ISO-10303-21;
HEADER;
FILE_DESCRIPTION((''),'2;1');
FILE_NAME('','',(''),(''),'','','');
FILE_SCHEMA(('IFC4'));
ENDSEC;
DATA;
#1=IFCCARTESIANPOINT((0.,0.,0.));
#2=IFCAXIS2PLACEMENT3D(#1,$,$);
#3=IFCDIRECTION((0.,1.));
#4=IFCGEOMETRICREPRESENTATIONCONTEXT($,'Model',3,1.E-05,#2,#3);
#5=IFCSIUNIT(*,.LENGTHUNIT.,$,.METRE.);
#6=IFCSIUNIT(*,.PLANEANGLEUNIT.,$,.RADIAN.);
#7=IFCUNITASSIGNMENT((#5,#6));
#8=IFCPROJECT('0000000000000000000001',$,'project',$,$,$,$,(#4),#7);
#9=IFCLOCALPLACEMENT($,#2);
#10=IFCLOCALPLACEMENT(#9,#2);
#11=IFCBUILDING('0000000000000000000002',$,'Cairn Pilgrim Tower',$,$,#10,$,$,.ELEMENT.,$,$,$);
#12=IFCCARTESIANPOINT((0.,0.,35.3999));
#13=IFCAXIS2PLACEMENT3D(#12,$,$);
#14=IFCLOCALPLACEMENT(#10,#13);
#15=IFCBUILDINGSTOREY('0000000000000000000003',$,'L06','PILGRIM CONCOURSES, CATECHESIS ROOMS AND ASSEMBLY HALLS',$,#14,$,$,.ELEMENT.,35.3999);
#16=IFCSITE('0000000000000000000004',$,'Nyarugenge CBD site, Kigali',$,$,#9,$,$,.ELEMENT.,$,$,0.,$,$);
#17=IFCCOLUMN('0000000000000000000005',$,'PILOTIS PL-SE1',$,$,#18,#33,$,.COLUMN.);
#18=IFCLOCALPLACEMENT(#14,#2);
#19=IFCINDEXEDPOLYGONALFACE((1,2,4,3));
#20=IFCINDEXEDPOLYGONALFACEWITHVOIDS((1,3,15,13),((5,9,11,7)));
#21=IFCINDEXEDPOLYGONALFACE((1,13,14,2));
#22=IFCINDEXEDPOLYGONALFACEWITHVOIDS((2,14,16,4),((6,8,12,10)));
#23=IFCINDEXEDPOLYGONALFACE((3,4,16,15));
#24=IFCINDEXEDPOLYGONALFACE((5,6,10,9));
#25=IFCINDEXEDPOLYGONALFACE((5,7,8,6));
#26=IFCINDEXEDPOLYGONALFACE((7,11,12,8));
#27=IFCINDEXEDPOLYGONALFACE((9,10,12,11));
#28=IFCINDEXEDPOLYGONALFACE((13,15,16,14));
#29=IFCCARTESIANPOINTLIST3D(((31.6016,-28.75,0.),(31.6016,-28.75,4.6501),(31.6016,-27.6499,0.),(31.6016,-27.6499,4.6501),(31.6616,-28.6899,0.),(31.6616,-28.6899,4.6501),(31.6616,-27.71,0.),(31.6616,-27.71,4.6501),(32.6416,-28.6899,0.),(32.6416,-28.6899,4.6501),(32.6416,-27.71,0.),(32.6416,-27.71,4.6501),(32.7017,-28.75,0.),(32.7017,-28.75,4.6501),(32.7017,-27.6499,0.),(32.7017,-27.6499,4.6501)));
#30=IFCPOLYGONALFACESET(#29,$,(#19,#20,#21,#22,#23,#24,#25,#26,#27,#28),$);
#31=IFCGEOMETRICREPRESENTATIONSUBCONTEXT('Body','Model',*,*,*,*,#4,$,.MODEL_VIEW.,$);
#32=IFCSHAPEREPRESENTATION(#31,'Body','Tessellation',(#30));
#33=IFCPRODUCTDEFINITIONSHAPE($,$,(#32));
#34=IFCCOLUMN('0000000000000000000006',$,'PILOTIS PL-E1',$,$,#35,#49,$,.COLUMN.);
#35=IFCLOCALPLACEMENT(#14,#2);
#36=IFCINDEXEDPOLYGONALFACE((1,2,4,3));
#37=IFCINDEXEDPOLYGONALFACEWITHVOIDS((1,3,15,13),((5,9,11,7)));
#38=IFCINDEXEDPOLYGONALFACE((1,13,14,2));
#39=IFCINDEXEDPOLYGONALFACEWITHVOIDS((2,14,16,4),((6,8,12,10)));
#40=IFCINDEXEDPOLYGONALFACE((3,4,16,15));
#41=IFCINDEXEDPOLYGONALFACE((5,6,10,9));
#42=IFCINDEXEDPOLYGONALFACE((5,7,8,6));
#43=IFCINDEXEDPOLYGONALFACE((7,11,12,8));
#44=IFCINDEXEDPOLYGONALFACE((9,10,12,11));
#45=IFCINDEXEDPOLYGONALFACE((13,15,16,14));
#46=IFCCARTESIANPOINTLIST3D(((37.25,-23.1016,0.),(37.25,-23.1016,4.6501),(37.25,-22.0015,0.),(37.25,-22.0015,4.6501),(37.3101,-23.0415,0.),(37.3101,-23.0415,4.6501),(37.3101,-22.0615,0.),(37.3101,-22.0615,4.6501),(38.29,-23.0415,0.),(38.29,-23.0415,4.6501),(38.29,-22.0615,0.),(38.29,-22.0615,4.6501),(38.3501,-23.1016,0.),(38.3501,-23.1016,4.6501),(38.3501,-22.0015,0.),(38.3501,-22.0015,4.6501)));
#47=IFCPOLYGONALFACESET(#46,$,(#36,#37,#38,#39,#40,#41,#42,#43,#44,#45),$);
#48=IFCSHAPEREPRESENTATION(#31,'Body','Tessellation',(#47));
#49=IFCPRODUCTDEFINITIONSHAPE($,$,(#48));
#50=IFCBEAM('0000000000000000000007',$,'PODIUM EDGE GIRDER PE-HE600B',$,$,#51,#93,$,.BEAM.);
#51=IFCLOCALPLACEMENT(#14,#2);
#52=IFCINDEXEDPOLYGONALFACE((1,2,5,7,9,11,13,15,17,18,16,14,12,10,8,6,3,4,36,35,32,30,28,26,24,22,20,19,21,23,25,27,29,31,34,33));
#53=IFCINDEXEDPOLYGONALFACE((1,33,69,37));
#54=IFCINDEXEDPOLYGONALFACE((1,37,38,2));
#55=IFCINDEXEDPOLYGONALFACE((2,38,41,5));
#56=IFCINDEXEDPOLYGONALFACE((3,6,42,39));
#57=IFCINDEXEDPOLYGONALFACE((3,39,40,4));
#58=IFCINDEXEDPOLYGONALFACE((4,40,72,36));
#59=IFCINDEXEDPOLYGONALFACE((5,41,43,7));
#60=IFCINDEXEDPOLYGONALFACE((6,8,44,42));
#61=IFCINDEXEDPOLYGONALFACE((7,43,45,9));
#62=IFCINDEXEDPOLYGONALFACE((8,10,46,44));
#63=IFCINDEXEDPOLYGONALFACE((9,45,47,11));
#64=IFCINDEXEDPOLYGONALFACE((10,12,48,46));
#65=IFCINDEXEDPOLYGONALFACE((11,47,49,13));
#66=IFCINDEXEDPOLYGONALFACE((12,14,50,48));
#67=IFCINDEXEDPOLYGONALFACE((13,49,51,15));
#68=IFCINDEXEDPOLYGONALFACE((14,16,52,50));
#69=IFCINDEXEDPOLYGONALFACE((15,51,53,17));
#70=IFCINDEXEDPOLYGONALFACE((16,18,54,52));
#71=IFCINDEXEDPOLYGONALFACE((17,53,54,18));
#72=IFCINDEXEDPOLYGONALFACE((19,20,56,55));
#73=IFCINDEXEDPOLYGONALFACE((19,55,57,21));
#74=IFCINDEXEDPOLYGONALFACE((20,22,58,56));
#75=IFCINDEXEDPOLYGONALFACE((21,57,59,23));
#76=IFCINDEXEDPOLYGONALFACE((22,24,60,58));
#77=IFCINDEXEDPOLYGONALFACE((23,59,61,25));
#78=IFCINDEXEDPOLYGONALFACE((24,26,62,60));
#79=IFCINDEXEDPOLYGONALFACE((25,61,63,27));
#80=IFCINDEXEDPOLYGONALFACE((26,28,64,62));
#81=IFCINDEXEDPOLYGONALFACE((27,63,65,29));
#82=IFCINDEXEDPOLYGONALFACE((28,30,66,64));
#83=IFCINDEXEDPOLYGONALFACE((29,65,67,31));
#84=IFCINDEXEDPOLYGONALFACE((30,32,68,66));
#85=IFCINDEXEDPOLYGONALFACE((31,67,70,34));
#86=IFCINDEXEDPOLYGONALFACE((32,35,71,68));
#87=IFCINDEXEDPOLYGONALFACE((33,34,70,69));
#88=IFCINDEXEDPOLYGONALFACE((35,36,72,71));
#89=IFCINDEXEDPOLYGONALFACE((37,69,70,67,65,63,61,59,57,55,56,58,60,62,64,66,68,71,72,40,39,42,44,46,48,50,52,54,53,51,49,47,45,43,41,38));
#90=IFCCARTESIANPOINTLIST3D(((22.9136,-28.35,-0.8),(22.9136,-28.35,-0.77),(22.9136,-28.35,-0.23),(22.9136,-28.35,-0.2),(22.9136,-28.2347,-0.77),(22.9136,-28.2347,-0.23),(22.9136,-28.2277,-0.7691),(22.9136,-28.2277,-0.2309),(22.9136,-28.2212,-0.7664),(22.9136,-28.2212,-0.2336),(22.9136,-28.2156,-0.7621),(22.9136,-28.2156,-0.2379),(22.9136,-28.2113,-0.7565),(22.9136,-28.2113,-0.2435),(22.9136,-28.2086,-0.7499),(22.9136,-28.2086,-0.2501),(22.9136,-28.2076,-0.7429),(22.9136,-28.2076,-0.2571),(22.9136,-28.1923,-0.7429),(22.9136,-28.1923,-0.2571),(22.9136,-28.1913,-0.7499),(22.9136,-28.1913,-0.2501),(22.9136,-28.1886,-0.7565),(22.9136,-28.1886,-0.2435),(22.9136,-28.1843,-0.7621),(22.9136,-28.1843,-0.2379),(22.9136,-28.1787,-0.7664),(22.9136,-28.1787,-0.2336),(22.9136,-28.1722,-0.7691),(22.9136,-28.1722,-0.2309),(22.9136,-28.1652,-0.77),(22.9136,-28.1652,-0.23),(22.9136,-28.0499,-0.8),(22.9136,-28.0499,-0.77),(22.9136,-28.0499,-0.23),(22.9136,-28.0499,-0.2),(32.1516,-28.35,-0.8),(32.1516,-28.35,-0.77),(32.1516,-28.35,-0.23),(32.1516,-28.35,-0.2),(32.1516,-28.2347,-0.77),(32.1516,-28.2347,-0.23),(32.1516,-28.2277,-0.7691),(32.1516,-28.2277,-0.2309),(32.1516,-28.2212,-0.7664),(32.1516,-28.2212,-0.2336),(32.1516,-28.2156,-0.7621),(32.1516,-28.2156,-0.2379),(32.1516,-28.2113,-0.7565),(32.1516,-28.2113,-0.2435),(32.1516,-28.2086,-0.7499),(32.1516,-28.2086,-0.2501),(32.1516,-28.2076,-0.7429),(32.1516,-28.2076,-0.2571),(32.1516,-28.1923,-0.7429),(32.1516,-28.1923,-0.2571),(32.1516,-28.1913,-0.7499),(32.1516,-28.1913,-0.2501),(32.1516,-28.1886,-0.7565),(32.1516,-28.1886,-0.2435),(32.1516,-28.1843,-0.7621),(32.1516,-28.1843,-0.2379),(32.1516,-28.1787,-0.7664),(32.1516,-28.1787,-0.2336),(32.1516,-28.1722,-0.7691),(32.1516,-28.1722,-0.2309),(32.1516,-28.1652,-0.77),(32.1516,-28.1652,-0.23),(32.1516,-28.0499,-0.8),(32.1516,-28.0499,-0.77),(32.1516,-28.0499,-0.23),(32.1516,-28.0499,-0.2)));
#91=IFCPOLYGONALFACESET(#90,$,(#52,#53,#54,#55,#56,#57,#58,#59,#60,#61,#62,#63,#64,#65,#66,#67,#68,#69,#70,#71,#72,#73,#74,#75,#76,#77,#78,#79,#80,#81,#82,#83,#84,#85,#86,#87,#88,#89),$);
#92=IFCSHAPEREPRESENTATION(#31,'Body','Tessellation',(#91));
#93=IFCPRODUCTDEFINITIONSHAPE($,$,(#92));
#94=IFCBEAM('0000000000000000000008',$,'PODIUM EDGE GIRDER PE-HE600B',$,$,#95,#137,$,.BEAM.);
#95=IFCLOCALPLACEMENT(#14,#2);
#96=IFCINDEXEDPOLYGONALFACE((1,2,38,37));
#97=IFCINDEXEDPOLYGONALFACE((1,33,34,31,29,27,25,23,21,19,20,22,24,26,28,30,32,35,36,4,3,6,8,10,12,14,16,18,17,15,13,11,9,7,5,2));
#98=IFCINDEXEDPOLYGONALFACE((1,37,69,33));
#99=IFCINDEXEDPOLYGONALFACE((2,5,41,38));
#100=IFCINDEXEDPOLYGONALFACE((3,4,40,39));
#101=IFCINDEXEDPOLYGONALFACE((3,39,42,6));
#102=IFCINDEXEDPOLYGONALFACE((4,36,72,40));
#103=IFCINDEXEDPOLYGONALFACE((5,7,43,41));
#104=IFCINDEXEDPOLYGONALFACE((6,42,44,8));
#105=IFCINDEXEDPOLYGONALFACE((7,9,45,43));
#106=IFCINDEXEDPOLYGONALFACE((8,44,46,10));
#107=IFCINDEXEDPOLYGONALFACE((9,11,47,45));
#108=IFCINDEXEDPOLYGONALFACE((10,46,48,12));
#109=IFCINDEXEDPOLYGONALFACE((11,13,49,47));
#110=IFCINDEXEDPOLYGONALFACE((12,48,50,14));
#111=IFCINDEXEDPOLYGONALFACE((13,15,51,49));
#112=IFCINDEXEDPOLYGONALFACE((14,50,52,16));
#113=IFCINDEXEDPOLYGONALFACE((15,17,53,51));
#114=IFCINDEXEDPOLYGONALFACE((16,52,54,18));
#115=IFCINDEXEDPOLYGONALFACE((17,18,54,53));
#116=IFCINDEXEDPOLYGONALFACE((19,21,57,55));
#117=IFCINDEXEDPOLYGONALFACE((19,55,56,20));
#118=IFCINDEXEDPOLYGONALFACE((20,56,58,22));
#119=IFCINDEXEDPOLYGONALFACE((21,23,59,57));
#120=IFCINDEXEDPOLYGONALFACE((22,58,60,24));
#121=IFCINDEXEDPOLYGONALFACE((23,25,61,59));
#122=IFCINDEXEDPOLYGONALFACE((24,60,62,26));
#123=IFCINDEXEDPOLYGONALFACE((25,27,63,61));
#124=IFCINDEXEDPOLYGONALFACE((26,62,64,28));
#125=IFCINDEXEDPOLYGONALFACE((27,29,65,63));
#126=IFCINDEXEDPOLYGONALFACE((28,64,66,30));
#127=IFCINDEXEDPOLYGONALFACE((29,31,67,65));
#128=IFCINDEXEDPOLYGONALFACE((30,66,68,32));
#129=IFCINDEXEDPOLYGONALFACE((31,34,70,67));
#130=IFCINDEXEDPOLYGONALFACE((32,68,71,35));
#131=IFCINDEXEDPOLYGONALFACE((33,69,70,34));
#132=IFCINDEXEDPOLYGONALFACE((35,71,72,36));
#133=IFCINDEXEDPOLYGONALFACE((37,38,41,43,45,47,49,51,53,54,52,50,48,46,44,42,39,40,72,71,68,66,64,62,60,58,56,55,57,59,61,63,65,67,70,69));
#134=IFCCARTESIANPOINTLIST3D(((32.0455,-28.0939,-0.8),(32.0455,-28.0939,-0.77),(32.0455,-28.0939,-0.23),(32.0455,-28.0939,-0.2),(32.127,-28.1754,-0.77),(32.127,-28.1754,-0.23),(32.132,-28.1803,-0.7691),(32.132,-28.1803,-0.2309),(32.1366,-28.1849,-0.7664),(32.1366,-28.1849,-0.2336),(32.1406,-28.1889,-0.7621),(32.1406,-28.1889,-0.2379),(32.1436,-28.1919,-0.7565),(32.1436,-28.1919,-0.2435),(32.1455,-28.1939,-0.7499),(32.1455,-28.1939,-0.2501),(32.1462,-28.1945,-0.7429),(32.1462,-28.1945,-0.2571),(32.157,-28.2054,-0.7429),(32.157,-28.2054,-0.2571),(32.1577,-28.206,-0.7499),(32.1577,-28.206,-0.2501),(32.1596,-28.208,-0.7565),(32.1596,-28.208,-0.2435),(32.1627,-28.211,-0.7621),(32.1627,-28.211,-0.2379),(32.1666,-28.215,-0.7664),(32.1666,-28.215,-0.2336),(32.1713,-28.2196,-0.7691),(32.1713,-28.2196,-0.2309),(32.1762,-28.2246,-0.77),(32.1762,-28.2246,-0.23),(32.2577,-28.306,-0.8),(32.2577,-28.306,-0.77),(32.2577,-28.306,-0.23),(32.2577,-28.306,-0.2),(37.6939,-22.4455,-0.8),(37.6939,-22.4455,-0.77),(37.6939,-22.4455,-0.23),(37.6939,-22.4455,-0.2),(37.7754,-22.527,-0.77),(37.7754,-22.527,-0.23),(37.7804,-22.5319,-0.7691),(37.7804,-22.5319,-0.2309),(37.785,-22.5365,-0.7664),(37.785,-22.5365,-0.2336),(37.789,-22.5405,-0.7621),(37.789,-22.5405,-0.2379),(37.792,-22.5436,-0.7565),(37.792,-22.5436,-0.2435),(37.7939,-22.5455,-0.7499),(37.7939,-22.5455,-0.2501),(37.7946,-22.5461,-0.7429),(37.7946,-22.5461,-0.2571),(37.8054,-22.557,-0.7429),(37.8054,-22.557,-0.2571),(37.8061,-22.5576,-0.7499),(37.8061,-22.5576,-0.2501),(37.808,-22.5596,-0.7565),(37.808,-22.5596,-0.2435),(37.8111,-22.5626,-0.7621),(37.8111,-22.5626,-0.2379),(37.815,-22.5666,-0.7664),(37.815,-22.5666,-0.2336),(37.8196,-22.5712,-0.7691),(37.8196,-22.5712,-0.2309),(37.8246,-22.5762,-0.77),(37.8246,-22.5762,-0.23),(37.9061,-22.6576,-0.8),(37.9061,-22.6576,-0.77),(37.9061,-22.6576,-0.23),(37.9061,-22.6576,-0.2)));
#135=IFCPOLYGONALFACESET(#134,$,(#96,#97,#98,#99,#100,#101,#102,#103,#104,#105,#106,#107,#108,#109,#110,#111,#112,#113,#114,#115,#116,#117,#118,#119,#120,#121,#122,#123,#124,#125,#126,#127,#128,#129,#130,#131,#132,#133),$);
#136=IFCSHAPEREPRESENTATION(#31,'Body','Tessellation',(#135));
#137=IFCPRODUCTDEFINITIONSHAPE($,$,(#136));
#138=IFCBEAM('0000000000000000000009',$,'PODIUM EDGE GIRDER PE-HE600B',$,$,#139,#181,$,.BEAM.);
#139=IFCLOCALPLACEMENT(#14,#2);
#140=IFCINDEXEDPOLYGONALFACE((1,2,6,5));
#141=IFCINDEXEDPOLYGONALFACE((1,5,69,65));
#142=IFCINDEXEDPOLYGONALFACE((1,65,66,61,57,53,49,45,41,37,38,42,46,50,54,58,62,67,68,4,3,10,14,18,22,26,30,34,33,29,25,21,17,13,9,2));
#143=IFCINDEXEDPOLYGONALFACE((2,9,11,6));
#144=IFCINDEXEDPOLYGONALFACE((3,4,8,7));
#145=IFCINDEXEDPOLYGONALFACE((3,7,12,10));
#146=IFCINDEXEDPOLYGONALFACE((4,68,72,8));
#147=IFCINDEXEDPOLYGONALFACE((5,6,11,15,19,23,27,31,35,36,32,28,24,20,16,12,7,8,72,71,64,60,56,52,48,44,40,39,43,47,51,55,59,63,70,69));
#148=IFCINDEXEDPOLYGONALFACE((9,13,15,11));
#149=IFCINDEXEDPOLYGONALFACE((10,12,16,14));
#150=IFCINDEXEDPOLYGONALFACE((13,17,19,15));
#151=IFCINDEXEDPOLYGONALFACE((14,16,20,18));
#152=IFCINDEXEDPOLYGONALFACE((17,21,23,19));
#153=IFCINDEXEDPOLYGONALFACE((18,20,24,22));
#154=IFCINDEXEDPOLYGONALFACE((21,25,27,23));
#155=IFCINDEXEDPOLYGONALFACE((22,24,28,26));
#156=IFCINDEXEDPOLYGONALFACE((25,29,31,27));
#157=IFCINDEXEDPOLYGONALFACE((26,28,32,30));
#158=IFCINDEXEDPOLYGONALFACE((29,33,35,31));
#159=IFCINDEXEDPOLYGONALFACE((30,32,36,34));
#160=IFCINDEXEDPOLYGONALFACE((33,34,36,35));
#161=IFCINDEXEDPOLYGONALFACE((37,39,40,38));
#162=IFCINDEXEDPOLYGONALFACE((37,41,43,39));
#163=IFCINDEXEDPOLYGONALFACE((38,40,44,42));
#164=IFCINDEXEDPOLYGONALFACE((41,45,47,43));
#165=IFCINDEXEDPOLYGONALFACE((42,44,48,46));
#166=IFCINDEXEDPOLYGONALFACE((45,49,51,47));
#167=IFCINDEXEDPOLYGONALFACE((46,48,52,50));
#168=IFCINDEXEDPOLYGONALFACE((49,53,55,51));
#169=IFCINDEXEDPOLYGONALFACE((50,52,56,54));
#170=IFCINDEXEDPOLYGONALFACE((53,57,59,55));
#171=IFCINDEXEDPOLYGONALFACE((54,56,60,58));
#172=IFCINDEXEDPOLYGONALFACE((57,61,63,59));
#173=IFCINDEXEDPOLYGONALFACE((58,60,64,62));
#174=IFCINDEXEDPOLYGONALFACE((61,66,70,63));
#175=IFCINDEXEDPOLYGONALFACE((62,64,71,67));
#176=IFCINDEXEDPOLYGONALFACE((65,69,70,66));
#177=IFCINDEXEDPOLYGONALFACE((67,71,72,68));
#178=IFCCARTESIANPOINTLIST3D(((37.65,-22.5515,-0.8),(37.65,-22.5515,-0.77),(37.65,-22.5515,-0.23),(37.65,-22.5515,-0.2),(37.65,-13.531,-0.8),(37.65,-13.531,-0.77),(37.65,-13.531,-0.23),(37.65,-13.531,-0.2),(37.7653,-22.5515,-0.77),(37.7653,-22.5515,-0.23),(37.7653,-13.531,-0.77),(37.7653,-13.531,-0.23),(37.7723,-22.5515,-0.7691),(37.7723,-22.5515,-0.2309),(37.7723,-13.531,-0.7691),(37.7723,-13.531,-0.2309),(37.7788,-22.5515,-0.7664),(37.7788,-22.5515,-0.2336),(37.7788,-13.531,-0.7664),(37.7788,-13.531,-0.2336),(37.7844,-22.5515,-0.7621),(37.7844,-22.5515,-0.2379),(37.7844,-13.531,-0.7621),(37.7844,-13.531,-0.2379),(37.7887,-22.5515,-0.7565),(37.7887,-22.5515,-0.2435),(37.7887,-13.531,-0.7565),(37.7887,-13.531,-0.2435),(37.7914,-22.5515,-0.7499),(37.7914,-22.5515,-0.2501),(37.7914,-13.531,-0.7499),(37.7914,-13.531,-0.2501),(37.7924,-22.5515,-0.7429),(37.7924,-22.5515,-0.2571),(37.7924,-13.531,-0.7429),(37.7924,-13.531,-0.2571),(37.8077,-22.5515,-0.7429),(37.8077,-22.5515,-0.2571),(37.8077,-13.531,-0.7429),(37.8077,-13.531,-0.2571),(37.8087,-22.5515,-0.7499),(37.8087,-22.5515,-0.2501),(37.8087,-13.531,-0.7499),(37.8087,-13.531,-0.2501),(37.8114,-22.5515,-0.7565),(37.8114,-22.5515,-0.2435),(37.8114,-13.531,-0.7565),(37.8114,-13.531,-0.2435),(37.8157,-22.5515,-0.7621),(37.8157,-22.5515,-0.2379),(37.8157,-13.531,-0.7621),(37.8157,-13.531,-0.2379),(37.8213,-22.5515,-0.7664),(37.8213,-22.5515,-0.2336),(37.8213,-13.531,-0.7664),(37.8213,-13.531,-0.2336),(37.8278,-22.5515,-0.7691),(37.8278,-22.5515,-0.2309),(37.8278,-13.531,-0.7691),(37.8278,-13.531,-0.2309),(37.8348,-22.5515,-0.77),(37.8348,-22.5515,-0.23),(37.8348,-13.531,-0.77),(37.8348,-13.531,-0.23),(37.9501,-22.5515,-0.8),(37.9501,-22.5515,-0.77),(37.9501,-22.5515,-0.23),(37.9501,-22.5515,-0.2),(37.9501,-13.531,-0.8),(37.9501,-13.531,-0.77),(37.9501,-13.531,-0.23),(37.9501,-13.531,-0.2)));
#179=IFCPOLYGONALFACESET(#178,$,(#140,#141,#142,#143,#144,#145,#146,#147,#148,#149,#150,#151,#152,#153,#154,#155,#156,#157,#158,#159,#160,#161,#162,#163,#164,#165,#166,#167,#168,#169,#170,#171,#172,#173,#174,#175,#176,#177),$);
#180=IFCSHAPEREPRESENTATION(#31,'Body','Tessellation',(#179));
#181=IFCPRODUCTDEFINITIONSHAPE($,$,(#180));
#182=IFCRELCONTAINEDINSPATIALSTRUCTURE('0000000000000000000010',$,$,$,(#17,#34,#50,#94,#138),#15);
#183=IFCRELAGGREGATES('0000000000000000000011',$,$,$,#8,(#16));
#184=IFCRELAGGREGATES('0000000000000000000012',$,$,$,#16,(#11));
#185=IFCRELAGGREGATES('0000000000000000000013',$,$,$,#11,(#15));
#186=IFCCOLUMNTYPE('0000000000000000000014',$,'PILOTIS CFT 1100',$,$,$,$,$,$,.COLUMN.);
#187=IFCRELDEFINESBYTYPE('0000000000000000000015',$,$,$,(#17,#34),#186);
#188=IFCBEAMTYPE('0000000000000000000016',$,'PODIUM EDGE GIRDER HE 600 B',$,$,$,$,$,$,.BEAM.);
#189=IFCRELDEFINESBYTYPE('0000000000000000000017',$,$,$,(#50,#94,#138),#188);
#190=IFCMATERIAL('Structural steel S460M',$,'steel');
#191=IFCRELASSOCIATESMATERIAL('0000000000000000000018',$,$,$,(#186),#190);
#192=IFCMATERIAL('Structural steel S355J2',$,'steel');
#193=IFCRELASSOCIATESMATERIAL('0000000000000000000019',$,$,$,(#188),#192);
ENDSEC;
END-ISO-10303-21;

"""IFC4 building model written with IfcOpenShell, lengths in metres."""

from ifc_helpers import new_model, si_unit, direction, frame, origin, origin_2d, place, context, subcontext, project, spatial, hollow_rectangle, i_section, extrude, material, material_profile, profile_set, type_object, element, save


model = new_model("IFC4")

# Units and contexts
model_context = context("Model", 3, precision=1e-05, world=origin(), true_north=direction((0.0, 1.0)))
body_context = subcontext(model_context, "Body", "Model", "MODEL_VIEW")
ifc_project = project(units=[si_unit("LENGTHUNIT", "METRE"), si_unit("PLANEANGLEUNIT", "RADIAN")], contexts=[model_context])

# Site, building, storey
site_placement = place(None, origin())
site = spatial("IfcSite", under=ifc_project, at=site_placement, Name="Nyarugenge CBD site, Kigali", CompositionType="ELEMENT", RefElevation=0.0)
building_placement = place(site_placement, origin())
building = spatial("IfcBuilding", under=site, at=building_placement, Name="Cairn Pilgrim Tower", CompositionType="ELEMENT")
storey_placement = place(building_placement, frame((0.0, 0.0, 35.3999)))
storey = spatial("IfcBuildingStorey", under=building, at=storey_placement, Name="L06", Description="PILGRIM CONCOURSES, CATECHESIS ROOMS AND ASSEMBLY HALLS", CompositionType="ELEMENT", Elevation=35.3999)

# Columns
ifc_material_1 = material(Name="Structural steel S460M", Category="steel")
ifc_material_profile_1 = material_profile(ifc_material_1, hollow_rectangle(XDim=1.1001, YDim=1.1001, WallThickness=0.0601, at=origin_2d()), Name="BOX 1100x1100x60")
ifc_profile_set_1 = profile_set([ifc_material_profile_1], Name="Structural steel S460M")
column_type = type_object("IfcColumnType", Name="PILOTIS CFT 1100", PredefinedType="COLUMN", material=ifc_profile_set_1)
for number, where, z_axis, x_axis, name in (
    (1, (32.1516, -28.2, 0.0), (0.0, 0.0, 1.0), (1.0, 0.0, 0.0), "PILOTIS PL-SE1"),
    (2, (37.8, -22.5515, 0.0), (0.0, 0.0, 1.0), (1.0, 0.0, 0.0), "PILOTIS PL-E1"),
):
    element("IfcColumn", number, at=place(storey_placement, frame(where, z_axis=z_axis, x_axis=x_axis)), inside=storey, type_object=column_type, Name=name, PredefinedType="COLUMN", context=body_context, shape_type="SweptSolid", body=[
        extrude(hollow_rectangle(XDim=1.1001, YDim=1.1001, WallThickness=0.0601, at=origin_2d()), origin(), (0.0, 0.0, 1.0), 4.6501),
    ])

# Beams
ifc_material_2 = material(Name="Structural steel S355J2", Category="steel")
ifc_material_profile_2 = material_profile(ifc_material_2, i_section(OverallWidth=0.3, OverallDepth=0.6001, WebThickness=0.0154, FlangeThickness=0.03, FilletRadius=0.0271, at=origin_2d()), Name="HEB 600")
ifc_profile_set_2 = profile_set([ifc_material_profile_2], Name="Structural steel S355J2")
beam_type_1 = type_object("IfcBeamType", Name="PODIUM EDGE GIRDER HE 600 B", PredefinedType="BEAM", material=ifc_profile_set_2)
beam_1_placement = place(storey_placement, frame((22.9136, -28.2, -0.5), z_axis=(1.0, 0.0, 0.0), x_axis=(0.0, 1.0, 0.0)))
element("IfcBeam", 3, at=beam_1_placement, inside=storey, type_object=beam_type_1, Name="PODIUM EDGE GIRDER PE-HE600B", PredefinedType="BEAM", context=body_context, shape_type="SweptSolid", body=[
    extrude(i_section(OverallWidth=0.3, OverallDepth=0.6001, WebThickness=0.0154, FlangeThickness=0.03, FilletRadius=0.0271, at=origin_2d()), origin(), (0.0, 0.0, 1.0), 9.238),
])
beam_2_placement = place(storey_placement, frame((32.1516, -28.2, -0.5), z_axis=(0.707107, 0.707107, 0.0), x_axis=(-0.707107, 0.707107, 0.0)))
element("IfcBeam", 4, at=beam_2_placement, inside=storey, type_object=beam_type_1, Name="PODIUM EDGE GIRDER PE-HE600B", PredefinedType="BEAM", context=body_context, shape_type="SweptSolid", body=[
    extrude(i_section(OverallWidth=0.3, OverallDepth=0.6001, WebThickness=0.0154, FlangeThickness=0.03, FilletRadius=0.0271, at=origin_2d()), origin(), (0.0, 0.0, 1.0), 7.988),
])
beam_3_placement = place(storey_placement, frame((37.8, -22.5515, -0.5), z_axis=(0.0, 1.0, 0.0), x_axis=(-1.0, 0.0, 0.0)))
element("IfcBeam", 5, at=beam_3_placement, inside=storey, type_object=beam_type_1, Name="PODIUM EDGE GIRDER PE-HE600B", PredefinedType="BEAM", context=body_context, shape_type="SweptSolid", body=[
    extrude(i_section(OverallWidth=0.3, OverallDepth=0.6001, WebThickness=0.0154, FlangeThickness=0.03, FilletRadius=0.0271, at=origin_2d()), origin(), (0.0, 0.0, 1.0), 9.0205),
])

save(model, "model.ifc")
